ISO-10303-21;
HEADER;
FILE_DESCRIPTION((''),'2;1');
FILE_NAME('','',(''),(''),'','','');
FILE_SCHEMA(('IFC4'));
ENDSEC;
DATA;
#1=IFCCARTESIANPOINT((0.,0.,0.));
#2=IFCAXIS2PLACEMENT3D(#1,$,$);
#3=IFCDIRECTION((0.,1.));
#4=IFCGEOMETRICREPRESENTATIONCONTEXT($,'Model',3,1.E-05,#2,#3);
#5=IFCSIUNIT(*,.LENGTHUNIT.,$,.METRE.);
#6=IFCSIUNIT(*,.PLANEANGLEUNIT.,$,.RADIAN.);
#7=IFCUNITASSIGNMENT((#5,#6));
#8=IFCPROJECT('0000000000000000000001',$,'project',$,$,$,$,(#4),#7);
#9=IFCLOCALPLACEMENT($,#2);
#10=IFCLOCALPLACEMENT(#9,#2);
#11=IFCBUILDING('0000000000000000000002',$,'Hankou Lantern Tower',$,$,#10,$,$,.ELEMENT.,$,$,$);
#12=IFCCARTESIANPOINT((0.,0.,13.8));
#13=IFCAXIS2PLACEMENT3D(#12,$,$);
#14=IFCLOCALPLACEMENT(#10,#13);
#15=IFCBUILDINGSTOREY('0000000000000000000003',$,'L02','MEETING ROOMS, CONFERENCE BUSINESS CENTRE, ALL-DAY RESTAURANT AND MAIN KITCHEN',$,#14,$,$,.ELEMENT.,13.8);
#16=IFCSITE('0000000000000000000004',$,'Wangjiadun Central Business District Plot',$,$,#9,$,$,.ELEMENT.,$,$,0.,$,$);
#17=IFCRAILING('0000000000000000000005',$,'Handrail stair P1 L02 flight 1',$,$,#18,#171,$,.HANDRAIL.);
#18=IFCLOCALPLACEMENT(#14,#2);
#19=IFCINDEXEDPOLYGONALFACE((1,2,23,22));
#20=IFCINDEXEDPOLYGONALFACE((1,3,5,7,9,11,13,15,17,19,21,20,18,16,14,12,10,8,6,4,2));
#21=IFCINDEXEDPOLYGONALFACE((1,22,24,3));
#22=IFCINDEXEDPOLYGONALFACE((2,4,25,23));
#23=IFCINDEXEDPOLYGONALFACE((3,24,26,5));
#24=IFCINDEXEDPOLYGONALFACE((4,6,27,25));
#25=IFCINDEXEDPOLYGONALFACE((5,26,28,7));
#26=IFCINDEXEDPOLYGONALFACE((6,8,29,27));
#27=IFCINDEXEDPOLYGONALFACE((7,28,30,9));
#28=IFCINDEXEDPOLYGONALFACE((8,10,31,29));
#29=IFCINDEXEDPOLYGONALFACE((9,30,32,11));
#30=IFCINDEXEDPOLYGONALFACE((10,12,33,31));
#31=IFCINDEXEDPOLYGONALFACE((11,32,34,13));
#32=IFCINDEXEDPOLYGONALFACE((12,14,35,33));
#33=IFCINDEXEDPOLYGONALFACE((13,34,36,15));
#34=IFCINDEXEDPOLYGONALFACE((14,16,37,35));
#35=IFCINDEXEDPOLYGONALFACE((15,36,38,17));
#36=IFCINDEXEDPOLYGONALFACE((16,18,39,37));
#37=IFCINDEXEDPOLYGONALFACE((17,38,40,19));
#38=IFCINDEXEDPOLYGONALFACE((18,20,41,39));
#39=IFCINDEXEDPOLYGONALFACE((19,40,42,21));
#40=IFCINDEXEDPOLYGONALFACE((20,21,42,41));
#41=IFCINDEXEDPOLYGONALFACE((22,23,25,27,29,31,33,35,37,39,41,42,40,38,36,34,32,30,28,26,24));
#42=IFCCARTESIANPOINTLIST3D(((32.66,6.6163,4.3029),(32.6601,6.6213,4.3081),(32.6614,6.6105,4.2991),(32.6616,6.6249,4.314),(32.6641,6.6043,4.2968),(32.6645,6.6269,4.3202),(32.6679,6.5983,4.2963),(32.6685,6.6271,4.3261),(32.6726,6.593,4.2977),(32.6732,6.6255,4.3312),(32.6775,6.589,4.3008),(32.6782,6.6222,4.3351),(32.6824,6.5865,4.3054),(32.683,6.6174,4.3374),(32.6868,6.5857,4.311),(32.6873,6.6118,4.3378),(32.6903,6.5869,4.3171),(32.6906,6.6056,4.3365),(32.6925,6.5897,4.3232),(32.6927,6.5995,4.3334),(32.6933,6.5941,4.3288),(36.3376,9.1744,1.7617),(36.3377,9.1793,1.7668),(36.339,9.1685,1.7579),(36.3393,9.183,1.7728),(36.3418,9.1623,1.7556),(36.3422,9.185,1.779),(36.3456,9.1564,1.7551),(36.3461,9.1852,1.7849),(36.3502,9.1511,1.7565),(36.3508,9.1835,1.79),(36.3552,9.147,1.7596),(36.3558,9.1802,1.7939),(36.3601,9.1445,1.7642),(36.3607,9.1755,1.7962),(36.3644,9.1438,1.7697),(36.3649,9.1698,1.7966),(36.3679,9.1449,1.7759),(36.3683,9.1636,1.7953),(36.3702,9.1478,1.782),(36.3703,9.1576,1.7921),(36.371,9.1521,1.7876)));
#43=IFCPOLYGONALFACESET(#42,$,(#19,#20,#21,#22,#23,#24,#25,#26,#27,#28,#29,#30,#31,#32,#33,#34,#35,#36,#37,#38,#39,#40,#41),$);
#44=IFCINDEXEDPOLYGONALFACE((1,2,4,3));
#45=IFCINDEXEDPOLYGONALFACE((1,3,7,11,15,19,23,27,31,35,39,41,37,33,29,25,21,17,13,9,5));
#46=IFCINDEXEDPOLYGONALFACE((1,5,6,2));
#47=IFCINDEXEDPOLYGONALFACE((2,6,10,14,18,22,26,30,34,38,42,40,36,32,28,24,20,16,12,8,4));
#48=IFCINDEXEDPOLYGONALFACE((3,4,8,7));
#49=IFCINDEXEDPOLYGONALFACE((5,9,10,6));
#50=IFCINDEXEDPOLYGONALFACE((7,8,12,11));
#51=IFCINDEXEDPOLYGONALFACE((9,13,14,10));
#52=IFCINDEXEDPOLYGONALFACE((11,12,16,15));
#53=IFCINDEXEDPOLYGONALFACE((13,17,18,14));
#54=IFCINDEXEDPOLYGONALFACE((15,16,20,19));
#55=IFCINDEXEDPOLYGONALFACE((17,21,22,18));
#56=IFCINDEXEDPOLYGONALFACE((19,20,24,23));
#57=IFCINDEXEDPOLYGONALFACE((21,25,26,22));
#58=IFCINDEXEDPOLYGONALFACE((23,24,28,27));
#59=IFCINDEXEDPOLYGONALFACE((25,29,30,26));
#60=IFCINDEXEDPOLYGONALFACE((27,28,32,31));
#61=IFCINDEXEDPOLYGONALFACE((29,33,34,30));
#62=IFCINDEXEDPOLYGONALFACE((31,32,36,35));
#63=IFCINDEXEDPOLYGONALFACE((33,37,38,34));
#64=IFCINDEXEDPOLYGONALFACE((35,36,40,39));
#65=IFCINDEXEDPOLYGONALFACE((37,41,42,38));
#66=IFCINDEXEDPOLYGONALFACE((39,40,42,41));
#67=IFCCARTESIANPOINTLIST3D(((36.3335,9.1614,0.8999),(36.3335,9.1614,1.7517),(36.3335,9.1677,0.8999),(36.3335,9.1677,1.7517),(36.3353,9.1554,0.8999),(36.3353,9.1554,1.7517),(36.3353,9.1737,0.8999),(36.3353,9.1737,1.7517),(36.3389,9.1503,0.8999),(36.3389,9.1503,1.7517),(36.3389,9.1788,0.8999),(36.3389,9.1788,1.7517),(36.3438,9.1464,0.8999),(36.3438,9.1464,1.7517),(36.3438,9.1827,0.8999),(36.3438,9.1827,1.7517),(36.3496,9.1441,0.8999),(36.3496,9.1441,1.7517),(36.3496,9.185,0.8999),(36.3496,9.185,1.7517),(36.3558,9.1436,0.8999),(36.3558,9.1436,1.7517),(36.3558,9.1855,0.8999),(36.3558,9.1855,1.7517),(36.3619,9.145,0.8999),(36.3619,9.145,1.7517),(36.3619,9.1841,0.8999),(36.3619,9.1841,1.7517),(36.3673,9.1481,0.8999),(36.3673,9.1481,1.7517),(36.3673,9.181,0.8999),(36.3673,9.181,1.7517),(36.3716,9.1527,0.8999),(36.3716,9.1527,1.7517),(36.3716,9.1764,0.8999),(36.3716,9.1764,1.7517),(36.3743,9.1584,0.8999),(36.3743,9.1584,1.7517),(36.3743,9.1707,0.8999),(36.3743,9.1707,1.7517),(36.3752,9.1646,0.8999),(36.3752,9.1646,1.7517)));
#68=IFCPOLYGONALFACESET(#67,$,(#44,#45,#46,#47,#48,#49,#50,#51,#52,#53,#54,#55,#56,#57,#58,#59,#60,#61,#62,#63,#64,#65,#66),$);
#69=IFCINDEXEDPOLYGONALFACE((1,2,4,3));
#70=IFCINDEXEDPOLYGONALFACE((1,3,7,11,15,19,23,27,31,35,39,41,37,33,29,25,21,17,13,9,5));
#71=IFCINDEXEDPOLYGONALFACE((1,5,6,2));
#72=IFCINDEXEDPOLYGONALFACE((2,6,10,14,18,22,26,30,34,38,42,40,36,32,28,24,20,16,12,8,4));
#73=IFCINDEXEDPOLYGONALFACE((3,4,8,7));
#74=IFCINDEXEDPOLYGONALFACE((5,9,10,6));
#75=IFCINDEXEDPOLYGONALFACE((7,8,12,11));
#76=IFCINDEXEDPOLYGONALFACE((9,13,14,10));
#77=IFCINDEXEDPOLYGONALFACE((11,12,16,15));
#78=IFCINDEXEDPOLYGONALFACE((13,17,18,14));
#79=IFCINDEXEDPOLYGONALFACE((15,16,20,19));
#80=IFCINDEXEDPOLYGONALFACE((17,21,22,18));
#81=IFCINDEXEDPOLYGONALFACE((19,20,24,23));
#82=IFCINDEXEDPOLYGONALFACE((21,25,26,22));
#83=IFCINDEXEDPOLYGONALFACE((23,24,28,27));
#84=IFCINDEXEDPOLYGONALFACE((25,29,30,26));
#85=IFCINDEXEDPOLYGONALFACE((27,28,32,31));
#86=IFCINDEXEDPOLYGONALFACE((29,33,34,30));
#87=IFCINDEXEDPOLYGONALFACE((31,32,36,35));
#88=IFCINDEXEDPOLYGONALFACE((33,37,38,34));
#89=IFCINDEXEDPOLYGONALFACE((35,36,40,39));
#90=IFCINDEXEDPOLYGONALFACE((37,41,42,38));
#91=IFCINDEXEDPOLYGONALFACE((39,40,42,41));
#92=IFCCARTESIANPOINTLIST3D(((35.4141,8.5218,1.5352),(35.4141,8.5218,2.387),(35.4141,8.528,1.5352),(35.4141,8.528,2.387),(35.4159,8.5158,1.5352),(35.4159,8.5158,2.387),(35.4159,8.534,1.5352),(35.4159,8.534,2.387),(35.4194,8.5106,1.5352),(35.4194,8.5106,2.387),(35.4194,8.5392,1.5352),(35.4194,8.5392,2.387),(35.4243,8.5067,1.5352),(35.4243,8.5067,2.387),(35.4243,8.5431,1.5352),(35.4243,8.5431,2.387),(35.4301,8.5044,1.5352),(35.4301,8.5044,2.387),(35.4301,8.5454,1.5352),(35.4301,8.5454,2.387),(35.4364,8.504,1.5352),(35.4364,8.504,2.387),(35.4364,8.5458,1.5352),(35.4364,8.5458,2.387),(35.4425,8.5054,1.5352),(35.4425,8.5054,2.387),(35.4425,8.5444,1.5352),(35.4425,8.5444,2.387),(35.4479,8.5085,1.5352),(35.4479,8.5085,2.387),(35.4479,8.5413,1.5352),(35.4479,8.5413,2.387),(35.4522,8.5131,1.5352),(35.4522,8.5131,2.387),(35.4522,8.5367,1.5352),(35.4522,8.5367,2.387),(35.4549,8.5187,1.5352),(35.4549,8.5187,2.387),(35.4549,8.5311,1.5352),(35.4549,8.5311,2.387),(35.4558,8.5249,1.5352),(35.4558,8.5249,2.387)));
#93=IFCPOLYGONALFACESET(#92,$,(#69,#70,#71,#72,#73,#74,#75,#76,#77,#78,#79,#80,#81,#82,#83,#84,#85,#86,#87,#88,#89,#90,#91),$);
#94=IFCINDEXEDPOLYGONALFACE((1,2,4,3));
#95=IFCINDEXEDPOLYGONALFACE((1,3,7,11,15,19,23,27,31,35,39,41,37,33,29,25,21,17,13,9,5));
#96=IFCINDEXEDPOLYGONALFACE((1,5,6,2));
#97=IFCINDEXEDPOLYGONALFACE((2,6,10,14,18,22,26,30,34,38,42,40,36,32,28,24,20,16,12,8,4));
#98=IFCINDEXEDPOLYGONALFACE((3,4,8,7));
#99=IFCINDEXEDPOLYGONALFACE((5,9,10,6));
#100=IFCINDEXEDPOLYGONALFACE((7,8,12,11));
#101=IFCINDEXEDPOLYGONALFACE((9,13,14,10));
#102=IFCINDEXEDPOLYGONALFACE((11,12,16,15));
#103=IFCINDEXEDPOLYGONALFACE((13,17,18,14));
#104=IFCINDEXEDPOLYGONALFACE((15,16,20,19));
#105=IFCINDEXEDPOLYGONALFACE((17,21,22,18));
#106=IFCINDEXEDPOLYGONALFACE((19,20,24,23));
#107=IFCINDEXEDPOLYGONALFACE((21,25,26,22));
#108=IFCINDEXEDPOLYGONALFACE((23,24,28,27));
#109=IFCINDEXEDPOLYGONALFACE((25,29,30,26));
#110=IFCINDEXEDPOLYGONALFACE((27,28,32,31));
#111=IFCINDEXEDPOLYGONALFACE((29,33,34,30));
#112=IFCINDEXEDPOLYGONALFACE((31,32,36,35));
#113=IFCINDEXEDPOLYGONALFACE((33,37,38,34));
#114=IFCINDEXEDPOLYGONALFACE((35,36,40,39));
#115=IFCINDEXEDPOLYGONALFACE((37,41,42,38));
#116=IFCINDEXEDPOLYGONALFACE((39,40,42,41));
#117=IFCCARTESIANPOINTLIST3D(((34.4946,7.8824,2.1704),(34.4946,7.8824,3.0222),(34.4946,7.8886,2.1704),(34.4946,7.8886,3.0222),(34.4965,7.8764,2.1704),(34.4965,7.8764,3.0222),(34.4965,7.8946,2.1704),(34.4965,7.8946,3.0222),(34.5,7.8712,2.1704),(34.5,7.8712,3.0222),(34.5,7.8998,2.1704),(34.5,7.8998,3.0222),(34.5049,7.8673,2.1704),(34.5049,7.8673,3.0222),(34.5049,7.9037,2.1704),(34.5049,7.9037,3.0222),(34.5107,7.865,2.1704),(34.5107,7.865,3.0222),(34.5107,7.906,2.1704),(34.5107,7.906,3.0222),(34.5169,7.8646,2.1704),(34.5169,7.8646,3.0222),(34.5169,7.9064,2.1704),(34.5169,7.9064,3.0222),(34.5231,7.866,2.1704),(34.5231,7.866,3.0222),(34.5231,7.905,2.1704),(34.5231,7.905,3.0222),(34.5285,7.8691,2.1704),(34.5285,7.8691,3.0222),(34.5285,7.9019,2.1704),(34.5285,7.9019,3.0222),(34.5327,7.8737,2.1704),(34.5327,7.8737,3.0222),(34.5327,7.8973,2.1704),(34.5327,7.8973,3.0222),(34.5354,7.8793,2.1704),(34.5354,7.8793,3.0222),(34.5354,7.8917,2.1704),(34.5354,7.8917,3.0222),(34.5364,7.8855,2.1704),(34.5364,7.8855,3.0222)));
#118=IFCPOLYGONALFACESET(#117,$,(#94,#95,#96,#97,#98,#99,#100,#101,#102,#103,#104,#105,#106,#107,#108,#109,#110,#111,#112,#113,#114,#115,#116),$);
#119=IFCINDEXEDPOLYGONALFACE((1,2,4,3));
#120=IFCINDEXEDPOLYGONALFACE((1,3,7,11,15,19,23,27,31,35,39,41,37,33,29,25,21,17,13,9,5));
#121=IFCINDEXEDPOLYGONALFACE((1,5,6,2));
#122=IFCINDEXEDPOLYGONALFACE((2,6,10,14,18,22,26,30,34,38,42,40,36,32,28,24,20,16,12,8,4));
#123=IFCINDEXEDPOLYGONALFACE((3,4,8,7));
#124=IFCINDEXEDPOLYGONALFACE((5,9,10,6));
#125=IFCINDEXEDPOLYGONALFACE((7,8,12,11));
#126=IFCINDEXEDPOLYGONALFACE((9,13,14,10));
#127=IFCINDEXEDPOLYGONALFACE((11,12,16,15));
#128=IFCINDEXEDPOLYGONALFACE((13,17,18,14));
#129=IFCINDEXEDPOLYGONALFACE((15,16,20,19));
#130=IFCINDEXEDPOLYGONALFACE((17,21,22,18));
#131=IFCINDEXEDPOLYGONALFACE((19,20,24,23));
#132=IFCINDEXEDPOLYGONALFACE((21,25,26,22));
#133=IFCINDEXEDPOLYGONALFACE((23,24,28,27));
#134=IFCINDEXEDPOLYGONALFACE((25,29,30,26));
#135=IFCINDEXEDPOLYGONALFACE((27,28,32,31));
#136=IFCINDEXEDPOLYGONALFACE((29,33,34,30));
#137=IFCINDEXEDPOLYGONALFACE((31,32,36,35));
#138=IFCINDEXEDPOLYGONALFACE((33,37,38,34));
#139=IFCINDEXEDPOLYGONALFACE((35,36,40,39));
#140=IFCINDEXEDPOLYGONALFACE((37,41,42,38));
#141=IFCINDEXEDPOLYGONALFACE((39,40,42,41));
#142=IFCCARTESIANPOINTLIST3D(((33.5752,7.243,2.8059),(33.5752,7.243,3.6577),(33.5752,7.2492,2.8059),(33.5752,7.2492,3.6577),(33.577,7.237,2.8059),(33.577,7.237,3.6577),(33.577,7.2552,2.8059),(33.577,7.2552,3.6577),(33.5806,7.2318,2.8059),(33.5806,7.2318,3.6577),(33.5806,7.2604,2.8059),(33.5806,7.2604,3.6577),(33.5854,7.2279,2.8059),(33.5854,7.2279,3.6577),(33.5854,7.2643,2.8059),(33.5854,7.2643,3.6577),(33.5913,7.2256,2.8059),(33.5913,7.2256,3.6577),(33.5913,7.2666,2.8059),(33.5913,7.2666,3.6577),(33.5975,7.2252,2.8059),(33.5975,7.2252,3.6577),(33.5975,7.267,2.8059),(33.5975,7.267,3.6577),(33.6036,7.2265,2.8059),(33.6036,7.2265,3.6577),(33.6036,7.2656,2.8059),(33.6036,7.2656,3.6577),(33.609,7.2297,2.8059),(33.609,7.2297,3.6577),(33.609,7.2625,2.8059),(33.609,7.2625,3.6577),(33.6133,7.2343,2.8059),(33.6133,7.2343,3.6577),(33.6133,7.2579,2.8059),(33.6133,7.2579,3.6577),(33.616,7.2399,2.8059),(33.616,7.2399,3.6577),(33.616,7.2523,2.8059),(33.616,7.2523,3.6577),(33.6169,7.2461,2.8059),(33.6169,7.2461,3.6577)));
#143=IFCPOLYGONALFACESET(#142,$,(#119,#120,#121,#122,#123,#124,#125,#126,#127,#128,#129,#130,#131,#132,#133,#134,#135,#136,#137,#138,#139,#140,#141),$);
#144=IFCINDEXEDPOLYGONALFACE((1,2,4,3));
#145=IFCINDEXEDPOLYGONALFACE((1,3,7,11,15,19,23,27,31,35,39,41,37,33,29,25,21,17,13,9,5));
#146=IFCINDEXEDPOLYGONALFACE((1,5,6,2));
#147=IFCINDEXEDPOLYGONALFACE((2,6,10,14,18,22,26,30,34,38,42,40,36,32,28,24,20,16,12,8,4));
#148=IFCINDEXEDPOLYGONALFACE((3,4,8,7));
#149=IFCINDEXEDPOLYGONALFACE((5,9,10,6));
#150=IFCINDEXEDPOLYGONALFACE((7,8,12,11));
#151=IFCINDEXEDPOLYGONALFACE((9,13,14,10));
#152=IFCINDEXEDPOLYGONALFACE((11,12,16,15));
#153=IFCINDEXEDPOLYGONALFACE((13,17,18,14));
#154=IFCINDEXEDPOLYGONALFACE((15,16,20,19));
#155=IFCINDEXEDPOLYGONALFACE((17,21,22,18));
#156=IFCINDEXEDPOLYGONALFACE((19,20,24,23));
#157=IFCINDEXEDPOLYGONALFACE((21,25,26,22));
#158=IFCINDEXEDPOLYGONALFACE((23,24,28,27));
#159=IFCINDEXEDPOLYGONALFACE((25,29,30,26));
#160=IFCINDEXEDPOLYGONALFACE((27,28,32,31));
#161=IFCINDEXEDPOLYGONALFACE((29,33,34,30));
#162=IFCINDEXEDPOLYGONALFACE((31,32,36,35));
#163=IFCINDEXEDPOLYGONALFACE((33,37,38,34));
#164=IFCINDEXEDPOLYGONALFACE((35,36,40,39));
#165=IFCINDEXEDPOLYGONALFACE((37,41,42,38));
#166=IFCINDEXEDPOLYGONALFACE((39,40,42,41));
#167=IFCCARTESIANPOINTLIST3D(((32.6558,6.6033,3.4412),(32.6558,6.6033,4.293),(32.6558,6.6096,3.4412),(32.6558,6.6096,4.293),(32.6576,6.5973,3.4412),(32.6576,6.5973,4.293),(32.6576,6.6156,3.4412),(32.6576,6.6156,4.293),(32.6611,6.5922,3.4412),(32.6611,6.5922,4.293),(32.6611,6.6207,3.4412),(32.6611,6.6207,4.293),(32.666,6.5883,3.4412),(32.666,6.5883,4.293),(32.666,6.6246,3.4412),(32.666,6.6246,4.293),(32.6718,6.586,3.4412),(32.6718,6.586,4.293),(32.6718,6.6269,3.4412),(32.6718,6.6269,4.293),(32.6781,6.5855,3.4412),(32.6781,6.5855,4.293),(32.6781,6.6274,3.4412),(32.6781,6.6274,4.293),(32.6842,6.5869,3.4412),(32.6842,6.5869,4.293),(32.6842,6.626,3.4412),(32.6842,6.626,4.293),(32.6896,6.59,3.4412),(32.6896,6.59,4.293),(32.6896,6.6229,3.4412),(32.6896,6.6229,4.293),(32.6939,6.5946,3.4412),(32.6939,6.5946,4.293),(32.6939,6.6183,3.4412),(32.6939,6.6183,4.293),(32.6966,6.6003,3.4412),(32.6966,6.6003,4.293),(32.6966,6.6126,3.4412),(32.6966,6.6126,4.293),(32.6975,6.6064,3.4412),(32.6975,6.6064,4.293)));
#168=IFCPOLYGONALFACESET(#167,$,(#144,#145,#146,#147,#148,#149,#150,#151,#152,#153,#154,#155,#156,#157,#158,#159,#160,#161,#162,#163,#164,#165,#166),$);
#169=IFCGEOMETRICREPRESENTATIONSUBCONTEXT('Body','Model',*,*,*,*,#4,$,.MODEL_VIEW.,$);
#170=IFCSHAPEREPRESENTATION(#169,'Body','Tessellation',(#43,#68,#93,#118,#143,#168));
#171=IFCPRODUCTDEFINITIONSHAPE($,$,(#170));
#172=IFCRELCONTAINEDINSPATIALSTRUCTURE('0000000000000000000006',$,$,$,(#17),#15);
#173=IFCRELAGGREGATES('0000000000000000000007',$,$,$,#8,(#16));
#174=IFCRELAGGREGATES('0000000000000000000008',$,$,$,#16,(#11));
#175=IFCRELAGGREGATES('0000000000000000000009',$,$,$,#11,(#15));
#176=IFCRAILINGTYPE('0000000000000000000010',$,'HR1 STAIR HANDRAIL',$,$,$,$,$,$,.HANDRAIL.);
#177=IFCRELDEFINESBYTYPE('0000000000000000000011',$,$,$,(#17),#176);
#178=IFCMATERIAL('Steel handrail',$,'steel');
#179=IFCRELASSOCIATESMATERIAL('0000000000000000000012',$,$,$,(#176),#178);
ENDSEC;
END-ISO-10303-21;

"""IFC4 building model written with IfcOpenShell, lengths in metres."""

from ifc_helpers import new_model, si_unit, direction, frame, origin, origin_2d, place, context, subcontext, project, spatial, circle, extrude, material, type_object, element, save


model = new_model("IFC4")

# Units and contexts
model_context = context("Model", 3, precision=1e-05, world=origin(), true_north=direction((0.0, 1.0)))
body_context = subcontext(model_context, "Body", "Model", "MODEL_VIEW")
ifc_project = project(units=[si_unit("LENGTHUNIT", "METRE"), si_unit("PLANEANGLEUNIT", "RADIAN")], contexts=[model_context])

# Site, building, storey
site_placement = place(None, origin())
site = spatial("IfcSite", under=ifc_project, at=site_placement, Name="Wangjiadun Central Business District Plot", CompositionType="ELEMENT", RefElevation=0.0)
building_placement = place(site_placement, origin())
building = spatial("IfcBuilding", under=site, at=building_placement, Name="Hankou Lantern Tower", CompositionType="ELEMENT")
storey_placement = place(building_placement, frame((0.0, 0.0, 13.8)))
storey = spatial("IfcBuildingStorey", under=building, at=storey_placement, Name="L02", Description="MEETING ROOMS, CONFERENCE BUSINESS CENTRE, ALL-DAY RESTAURANT AND MAIN KITCHEN", CompositionType="ELEMENT", Elevation=13.8)

# Railing
ifc_material_1 = material(Name="Steel handrail", Category="steel")
railing_type = type_object("IfcRailingType", Name="HR1 STAIR HANDRAIL", PredefinedType="HANDRAIL", material=ifc_material_1)
railing_placement = place(storey_placement, frame((36.3542, 9.1646, 0.8999)))
element("IfcRailing", 1, at=railing_placement, inside=storey, type_object=railing_type, Name="Handrail stair P1 L02 flight 1", PredefinedType="HANDRAIL", context=body_context, shape_type="SweptSolid", body=[
    extrude(circle(Radius=0.0239, at=origin_2d()), frame((0.0, 0.0, 0.876), z_axis=(-0.714054, -0.496671, 0.493401), x_axis=(0.571017, -0.820939, 0.0)), (0.0, 0.0, 1.0), 5.1504),
    extrude(circle(Radius=0.021, at=origin_2d()), origin(), (0.0, 0.0, 1.0), 0.8518),
    extrude(circle(Radius=0.021, at=origin_2d()), frame((-0.9194, -0.6396, 0.6353)), (0.0, 0.0, 1.0), 0.8518),
    extrude(circle(Radius=0.021, at=origin_2d()), frame((-1.8389, -1.2791, 1.2705)), (0.0, 0.0, 1.0), 0.8518),
    extrude(circle(Radius=0.021, at=origin_2d()), frame((-2.7583, -1.9185, 1.906)), (0.0, 0.0, 1.0), 0.8518),
    extrude(circle(Radius=0.021, at=origin_2d()), frame((-3.6777, -2.5581, 2.5413)), (0.0, 0.0, 1.0), 0.8518),
])

save(model, "model.ifc")
